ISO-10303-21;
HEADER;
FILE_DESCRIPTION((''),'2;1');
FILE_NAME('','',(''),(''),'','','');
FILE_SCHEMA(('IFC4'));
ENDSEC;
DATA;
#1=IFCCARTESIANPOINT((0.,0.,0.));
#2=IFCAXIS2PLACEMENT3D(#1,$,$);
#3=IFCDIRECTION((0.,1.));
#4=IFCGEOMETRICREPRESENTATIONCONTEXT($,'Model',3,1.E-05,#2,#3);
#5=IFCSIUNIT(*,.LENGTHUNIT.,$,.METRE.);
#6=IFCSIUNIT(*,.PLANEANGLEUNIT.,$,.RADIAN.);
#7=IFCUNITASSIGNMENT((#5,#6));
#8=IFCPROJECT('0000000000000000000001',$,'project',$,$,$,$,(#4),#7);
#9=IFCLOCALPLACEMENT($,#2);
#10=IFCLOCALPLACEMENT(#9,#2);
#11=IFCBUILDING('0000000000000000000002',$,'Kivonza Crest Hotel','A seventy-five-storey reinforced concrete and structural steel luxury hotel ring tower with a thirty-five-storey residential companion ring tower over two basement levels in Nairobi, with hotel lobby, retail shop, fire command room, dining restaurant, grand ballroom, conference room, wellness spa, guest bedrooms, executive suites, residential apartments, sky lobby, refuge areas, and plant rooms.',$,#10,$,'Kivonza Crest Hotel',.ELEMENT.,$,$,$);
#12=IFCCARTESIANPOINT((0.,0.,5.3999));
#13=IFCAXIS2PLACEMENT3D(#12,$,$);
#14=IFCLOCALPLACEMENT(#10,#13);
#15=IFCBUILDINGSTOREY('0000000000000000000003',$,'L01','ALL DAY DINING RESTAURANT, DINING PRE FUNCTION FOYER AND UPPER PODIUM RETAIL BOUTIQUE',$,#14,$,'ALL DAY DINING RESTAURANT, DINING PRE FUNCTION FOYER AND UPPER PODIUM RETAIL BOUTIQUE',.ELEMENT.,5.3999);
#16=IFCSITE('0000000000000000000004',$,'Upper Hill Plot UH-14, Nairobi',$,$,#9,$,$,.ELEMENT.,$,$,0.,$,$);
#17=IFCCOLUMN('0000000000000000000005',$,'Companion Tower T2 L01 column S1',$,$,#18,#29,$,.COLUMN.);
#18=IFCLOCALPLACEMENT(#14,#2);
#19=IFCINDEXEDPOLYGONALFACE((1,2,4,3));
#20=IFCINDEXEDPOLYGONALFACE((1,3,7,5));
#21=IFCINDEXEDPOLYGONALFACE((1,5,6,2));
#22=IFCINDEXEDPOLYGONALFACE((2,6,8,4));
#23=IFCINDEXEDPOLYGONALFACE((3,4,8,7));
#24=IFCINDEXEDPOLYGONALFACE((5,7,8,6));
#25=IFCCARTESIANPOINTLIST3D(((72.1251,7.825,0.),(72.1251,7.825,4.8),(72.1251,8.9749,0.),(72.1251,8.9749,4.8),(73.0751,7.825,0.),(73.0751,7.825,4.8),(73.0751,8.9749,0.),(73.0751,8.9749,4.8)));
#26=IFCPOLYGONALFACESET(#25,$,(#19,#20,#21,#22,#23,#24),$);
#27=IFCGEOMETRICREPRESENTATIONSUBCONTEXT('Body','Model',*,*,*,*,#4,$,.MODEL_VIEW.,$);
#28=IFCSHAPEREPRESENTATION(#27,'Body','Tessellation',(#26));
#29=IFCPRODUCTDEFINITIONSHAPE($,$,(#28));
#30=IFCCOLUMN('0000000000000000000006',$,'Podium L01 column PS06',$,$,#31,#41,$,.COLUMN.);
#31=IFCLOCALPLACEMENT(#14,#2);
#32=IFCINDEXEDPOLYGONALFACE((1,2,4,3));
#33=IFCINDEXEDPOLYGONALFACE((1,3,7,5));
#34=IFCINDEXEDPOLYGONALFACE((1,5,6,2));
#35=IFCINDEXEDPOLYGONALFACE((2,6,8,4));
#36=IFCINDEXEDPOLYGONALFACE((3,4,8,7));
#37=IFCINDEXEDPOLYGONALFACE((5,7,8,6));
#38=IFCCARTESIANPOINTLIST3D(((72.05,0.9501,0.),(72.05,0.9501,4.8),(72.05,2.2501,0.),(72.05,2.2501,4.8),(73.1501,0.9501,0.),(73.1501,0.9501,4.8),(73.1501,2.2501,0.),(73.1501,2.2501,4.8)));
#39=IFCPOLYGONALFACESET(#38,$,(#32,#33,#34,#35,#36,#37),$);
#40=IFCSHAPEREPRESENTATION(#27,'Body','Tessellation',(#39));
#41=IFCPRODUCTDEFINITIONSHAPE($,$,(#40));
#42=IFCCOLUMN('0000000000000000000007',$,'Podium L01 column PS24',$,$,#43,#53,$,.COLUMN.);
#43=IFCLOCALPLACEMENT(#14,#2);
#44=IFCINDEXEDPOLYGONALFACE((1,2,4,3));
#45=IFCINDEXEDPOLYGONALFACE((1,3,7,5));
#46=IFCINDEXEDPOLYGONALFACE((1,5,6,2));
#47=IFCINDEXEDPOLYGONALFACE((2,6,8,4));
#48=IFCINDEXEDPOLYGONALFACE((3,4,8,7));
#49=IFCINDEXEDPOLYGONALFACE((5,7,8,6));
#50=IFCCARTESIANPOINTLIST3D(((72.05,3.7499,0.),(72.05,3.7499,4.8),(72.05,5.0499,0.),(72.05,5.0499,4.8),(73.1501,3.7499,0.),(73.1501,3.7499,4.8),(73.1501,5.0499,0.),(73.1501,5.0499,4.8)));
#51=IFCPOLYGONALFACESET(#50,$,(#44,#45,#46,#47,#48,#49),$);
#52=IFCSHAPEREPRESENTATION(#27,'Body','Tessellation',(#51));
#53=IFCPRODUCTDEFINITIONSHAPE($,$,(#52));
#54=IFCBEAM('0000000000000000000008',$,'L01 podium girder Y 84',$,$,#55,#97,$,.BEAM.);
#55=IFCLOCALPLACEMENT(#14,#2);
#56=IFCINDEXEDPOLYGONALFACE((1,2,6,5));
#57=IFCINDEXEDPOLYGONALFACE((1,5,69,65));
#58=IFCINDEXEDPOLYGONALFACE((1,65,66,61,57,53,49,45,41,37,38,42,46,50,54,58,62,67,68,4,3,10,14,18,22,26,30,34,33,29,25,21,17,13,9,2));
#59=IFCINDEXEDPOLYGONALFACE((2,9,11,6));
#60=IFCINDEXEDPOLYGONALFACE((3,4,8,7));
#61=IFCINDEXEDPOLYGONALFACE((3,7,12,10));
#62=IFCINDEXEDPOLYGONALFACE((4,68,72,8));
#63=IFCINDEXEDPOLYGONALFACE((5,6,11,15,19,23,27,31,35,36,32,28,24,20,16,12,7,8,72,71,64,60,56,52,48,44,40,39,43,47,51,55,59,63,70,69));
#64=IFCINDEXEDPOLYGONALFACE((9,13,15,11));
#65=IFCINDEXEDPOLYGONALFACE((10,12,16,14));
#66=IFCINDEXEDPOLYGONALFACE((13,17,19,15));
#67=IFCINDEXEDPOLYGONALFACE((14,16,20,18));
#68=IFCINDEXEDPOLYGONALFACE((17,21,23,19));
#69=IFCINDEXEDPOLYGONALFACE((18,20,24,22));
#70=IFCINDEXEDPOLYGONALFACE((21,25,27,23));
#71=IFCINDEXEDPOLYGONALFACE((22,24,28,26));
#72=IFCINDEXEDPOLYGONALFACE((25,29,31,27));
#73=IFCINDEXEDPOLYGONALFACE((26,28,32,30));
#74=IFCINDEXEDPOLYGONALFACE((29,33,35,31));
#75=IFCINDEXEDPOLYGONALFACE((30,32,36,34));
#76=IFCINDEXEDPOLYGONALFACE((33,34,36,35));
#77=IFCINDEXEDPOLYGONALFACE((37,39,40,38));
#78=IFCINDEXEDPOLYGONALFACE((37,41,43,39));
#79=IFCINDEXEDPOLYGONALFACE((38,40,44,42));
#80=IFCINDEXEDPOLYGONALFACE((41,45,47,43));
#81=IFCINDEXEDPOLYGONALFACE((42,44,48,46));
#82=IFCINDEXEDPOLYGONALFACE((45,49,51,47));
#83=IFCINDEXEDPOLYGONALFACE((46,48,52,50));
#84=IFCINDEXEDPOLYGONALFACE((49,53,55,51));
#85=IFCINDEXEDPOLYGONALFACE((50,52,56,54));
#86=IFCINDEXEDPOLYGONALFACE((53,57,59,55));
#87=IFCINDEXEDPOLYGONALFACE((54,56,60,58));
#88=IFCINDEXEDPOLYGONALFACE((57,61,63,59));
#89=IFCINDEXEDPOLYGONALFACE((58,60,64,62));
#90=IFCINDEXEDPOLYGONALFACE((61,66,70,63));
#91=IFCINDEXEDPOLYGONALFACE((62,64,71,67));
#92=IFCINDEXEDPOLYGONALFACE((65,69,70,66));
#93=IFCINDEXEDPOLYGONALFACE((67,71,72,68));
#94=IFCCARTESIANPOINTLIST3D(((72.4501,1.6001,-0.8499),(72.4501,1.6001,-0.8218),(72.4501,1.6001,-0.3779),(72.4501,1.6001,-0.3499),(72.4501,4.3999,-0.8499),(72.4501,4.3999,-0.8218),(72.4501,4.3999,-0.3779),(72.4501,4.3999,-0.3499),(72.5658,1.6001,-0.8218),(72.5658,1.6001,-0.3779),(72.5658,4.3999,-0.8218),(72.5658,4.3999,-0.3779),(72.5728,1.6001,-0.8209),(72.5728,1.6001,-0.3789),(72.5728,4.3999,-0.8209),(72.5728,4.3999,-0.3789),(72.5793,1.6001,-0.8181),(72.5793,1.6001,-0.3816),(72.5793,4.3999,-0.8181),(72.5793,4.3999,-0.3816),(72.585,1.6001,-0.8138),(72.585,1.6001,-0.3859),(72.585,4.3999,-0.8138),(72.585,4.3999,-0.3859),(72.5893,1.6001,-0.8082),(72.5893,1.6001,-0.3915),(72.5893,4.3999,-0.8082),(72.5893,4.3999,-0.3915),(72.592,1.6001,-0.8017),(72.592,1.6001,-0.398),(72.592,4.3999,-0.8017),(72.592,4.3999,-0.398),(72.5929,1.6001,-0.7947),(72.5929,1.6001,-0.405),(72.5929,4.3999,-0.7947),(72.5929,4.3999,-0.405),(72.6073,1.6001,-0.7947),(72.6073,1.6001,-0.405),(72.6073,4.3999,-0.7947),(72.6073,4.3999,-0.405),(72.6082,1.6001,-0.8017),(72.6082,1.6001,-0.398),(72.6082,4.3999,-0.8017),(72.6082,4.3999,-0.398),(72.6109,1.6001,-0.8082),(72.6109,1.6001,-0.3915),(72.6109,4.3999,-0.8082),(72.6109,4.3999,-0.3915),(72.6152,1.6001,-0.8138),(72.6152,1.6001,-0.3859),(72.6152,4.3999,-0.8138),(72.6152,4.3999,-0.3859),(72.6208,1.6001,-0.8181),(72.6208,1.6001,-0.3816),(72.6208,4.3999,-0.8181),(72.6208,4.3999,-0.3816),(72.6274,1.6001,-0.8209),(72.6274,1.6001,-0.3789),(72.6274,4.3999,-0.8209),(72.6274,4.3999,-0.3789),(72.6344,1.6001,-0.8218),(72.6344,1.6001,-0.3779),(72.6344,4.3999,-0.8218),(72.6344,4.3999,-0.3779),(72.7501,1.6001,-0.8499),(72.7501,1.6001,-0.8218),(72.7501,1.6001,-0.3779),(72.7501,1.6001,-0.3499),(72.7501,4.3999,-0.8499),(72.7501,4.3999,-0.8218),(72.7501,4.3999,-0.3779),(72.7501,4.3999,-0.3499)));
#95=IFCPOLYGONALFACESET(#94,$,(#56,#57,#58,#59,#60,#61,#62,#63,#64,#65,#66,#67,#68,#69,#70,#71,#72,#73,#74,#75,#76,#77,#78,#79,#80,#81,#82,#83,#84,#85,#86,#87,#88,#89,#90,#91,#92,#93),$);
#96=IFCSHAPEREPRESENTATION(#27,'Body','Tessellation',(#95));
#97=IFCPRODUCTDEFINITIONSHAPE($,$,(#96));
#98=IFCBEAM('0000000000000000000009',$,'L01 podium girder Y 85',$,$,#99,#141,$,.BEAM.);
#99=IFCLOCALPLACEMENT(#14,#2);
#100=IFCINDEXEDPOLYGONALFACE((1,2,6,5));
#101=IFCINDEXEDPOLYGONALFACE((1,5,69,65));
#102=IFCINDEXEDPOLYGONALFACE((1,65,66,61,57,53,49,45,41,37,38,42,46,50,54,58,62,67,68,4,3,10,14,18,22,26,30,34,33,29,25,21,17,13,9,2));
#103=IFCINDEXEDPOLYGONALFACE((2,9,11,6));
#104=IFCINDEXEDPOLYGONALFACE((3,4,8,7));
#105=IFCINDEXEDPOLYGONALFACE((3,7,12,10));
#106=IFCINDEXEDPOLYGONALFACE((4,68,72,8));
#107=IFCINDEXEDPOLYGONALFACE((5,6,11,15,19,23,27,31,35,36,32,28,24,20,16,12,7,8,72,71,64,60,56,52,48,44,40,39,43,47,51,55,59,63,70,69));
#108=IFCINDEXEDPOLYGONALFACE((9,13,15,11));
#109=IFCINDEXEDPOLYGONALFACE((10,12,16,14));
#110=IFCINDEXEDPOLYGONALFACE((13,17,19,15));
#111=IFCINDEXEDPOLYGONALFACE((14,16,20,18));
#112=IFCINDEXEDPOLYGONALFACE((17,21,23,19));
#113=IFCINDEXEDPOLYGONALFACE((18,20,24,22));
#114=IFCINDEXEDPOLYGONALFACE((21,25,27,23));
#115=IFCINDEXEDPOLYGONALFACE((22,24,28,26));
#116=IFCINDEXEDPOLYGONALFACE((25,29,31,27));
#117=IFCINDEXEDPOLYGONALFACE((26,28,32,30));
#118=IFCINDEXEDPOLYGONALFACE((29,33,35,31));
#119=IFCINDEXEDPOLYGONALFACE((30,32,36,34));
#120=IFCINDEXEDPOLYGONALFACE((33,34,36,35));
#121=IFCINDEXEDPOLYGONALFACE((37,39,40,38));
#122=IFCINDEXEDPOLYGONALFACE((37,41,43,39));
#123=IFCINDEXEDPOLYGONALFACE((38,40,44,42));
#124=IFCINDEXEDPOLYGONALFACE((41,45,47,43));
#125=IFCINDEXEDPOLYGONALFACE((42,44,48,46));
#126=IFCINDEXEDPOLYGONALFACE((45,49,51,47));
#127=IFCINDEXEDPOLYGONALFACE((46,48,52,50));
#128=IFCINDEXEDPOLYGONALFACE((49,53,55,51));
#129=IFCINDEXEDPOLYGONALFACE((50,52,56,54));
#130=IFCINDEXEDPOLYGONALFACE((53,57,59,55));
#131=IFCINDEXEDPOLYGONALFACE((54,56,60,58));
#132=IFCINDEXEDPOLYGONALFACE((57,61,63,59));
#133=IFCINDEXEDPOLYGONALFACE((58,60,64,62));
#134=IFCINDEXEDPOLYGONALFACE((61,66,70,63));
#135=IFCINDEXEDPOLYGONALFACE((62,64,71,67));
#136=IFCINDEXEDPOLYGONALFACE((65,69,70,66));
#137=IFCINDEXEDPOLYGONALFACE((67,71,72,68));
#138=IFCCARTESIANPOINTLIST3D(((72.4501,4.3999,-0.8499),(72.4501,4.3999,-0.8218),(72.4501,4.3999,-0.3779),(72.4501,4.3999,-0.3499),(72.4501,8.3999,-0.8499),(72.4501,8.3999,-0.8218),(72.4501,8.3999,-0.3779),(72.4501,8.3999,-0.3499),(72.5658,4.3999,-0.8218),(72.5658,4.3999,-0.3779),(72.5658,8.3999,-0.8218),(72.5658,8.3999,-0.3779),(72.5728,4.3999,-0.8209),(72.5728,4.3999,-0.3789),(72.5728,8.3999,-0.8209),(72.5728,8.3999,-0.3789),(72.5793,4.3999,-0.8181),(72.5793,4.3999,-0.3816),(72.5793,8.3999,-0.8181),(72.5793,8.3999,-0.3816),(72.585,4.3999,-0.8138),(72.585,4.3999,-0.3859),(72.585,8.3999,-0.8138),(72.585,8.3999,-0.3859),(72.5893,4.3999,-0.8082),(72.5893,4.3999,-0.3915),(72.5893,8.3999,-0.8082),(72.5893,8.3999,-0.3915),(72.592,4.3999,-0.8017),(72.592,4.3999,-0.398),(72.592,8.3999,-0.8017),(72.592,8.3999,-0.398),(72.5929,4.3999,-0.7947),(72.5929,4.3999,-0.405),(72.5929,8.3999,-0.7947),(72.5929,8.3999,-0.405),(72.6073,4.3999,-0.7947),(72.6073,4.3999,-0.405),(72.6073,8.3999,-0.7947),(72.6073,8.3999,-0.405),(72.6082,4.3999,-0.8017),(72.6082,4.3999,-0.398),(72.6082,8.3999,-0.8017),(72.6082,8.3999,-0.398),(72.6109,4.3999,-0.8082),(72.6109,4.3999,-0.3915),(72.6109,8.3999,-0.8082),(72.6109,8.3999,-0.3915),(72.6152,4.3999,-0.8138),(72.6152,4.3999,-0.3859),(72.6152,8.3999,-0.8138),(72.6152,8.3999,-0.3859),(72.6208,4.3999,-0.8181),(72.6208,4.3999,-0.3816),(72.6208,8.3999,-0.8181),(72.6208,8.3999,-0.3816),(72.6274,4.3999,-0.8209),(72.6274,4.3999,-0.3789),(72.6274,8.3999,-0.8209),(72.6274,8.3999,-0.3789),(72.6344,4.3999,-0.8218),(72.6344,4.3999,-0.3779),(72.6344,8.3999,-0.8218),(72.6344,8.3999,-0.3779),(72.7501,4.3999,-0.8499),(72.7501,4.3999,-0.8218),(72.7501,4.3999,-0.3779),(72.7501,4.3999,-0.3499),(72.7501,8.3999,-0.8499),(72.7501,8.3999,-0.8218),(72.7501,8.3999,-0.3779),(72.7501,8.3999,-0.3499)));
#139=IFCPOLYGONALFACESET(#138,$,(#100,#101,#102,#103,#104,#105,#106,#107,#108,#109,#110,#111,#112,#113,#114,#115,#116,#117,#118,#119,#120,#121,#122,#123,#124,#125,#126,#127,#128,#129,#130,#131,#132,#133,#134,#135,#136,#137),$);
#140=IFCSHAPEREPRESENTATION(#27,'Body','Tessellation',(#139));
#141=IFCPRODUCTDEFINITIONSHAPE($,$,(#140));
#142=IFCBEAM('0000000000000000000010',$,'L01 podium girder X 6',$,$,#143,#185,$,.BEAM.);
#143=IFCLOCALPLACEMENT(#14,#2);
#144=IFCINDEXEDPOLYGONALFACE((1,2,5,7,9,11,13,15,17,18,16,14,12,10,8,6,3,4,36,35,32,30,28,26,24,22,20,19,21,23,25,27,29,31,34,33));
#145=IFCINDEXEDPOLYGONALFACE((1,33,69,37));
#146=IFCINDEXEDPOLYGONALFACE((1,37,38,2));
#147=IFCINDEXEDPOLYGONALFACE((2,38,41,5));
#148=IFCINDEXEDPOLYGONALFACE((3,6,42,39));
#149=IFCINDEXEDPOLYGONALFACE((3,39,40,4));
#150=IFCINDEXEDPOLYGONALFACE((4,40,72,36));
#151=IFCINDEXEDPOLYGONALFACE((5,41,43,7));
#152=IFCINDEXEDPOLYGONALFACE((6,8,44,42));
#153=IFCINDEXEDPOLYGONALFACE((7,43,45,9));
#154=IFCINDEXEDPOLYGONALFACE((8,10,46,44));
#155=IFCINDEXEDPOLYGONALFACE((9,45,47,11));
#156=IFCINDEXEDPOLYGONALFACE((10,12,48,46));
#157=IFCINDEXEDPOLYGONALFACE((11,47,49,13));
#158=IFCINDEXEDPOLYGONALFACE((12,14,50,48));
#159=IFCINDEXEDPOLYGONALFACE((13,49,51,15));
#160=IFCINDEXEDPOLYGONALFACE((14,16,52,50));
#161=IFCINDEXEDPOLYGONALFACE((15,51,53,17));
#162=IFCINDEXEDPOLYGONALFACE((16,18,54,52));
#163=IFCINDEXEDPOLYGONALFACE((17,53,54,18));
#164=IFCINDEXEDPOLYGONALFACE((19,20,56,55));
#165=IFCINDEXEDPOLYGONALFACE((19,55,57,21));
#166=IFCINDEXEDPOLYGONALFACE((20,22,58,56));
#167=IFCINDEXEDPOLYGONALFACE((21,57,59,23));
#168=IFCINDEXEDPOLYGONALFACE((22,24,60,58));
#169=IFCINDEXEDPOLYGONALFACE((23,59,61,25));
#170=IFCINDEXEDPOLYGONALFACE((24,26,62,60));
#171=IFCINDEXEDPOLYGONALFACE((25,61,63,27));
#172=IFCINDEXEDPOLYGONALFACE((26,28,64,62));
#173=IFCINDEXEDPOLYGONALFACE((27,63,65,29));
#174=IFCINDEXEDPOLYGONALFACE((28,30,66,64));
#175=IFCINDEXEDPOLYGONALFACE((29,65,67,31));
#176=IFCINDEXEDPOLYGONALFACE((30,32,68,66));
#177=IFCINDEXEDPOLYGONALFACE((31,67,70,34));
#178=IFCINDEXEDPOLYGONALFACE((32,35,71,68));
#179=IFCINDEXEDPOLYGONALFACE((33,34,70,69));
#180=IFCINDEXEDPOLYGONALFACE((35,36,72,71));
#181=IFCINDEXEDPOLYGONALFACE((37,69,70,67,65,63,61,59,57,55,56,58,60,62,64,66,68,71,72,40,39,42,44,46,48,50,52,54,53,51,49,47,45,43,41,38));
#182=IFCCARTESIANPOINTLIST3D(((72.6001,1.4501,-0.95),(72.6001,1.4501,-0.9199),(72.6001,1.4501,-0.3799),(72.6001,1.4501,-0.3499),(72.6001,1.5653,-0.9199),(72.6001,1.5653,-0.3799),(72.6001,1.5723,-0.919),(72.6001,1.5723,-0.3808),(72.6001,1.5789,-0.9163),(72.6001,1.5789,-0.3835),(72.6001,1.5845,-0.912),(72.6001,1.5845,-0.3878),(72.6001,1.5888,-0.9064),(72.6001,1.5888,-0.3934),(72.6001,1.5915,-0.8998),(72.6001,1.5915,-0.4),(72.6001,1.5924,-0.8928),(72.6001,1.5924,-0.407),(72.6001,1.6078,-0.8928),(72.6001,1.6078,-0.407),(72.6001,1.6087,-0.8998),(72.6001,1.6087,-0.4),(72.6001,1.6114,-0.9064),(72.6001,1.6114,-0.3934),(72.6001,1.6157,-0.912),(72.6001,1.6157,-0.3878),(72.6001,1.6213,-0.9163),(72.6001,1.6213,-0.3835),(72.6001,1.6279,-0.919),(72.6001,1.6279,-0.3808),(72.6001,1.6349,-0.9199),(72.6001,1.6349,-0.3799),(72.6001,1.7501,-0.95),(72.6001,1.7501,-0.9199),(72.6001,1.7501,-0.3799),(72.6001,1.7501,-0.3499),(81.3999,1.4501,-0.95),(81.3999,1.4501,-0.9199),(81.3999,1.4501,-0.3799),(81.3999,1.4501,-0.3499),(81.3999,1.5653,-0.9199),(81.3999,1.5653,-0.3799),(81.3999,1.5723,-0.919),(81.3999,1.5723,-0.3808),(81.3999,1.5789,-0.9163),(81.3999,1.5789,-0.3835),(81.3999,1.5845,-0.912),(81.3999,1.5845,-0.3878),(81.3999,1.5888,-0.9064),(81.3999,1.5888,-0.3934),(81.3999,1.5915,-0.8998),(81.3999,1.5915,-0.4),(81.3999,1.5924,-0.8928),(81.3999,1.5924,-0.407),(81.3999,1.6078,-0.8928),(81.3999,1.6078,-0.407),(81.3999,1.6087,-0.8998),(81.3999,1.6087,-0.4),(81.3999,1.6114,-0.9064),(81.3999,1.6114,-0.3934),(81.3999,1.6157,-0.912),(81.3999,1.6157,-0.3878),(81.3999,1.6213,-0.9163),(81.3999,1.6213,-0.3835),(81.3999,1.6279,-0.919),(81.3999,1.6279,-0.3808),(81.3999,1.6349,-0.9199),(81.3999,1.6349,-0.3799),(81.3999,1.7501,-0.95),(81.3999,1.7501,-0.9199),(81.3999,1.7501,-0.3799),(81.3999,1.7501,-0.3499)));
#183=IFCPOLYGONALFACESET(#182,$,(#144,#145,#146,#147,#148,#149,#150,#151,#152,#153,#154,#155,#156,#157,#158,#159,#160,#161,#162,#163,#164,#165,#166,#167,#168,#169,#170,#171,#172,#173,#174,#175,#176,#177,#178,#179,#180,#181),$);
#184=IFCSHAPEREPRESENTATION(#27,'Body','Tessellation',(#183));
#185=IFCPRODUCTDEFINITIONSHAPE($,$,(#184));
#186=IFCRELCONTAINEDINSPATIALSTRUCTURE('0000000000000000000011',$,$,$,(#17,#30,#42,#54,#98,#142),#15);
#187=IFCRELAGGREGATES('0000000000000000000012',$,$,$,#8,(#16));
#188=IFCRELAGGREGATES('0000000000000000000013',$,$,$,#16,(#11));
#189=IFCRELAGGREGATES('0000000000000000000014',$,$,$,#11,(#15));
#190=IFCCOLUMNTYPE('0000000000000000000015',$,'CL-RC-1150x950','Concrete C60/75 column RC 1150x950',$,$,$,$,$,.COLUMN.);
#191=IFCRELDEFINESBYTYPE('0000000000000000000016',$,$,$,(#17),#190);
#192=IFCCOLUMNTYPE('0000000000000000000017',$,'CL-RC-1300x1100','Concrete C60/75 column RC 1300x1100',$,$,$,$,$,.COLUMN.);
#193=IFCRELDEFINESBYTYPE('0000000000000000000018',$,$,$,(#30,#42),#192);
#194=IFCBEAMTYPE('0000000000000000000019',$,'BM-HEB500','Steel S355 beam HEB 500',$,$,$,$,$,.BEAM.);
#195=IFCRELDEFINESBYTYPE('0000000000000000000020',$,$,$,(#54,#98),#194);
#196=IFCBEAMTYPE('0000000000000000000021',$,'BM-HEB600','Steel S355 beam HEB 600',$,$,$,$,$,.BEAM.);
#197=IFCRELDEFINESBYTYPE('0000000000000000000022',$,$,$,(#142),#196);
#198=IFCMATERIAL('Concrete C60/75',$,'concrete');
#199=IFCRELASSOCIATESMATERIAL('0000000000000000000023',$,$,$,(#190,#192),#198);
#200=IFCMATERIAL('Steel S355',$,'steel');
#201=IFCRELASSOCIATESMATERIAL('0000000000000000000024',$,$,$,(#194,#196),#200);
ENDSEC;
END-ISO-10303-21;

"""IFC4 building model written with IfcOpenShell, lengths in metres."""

from ifc_helpers import new_model, si_unit, direction, frame, origin, origin_2d, place, context, subcontext, project, spatial, rectangle, i_section, extrude, material, material_profile, profile_set, type_object, element, save


model = new_model("IFC4")

# Units and contexts
model_context = context("Model", 3, precision=1e-05, world=origin(), true_north=direction((0.0, 1.0)))
body_context = subcontext(model_context, "Body", "Model", "MODEL_VIEW")
ifc_project = project(units=[si_unit("LENGTHUNIT", "METRE"), si_unit("PLANEANGLEUNIT", "RADIAN")], contexts=[model_context])

# Site, building, storey
site_placement = place(None, origin())
site = spatial("IfcSite", under=ifc_project, at=site_placement, Name="Upper Hill Plot UH-14, Nairobi", CompositionType="ELEMENT", RefElevation=0.0)
building_placement = place(site_placement, origin())
building = spatial("IfcBuilding", under=site, at=building_placement, Name="Kivonza Crest Hotel", Description="A seventy-five-storey reinforced concrete and structural steel luxury hotel ring tower with a thirty-five-storey residential companion ring tower over two basement levels in Nairobi, with hotel lobby, retail shop, fire command room, dining restaurant, grand ballroom, conference room, wellness spa, guest bedrooms, executive suites, residential apartments, sky lobby, refuge areas, and plant rooms.", LongName="Kivonza Crest Hotel", CompositionType="ELEMENT")
storey_placement = place(building_placement, frame((0.0, 0.0, 5.3999)))
storey = spatial("IfcBuildingStorey", under=building, at=storey_placement, Name="L01", Description="ALL DAY DINING RESTAURANT, DINING PRE FUNCTION FOYER AND UPPER PODIUM RETAIL BOUTIQUE", LongName="ALL DAY DINING RESTAURANT, DINING PRE FUNCTION FOYER AND UPPER PODIUM RETAIL BOUTIQUE", CompositionType="ELEMENT", Elevation=5.3999)

# Columns
ifc_material_1 = material(Name="Concrete C60/75", Category="concrete")
ifc_material_profile_1 = material_profile(ifc_material_1, rectangle(XDim=0.95, YDim=1.1499, at=origin_2d()), Name="RC 1150x950")
ifc_profile_set_1 = profile_set([ifc_material_profile_1], Name="Concrete C60/75")
column_type_1 = type_object("IfcColumnType", Name="CL-RC-1150x950", Description="Concrete C60/75 column RC 1150x950", PredefinedType="COLUMN", material=ifc_profile_set_1)
column_placement = place(storey_placement, frame((72.6001, 8.3999, 0.0), z_axis=(0.0, 0.0, 1.0), x_axis=(1.0, 0.0, 0.0)))
element("IfcColumn", 1, at=column_placement, inside=storey, type_object=column_type_1, Name="Companion Tower T2 L01 column S1", PredefinedType="COLUMN", context=body_context, shape_type="SweptSolid", body=[
    extrude(rectangle(XDim=0.95, YDim=1.1499, at=origin_2d()), origin(), (0.0, 0.0, 1.0), 4.8),
])
ifc_material_profile_2 = material_profile(ifc_material_1, rectangle(XDim=1.1001, YDim=1.3, at=origin_2d()), Name="RC 1300x1100")
ifc_profile_set_2 = profile_set([ifc_material_profile_2], Name="Concrete C60/75")
column_type_2 = type_object("IfcColumnType", Name="CL-RC-1300x1100", Description="Concrete C60/75 column RC 1300x1100", PredefinedType="COLUMN", material=ifc_profile_set_2)
for number, where, z_axis, x_axis, name in (
    (2, (72.6001, 1.6001, 0.0), (0.0, 0.0, 1.0), (1.0, 0.0, 0.0), "Podium L01 column PS06"),
    (3, (72.6001, 4.3999, 0.0), (0.0, 0.0, 1.0), (1.0, 0.0, 0.0), "Podium L01 column PS24"),
):
    element("IfcColumn", number, at=place(storey_placement, frame(where, z_axis=z_axis, x_axis=x_axis)), inside=storey, type_object=column_type_2, Name=name, PredefinedType="COLUMN", context=body_context, shape_type="SweptSolid", body=[
        extrude(rectangle(XDim=1.1001, YDim=1.3, at=origin_2d()), origin(), (0.0, 0.0, 1.0), 4.8),
    ])

# Beams
ifc_material_2 = material(Name="Steel S355", Category="steel")
ifc_material_profile_3 = material_profile(ifc_material_2, i_section(OverallWidth=0.3, OverallDepth=0.5, WebThickness=0.0144, FlangeThickness=0.0281, FilletRadius=0.0271, at=origin_2d()), Name="HEB 500")
ifc_profile_set_3 = profile_set([ifc_material_profile_3], Name="Steel S355")
beam_type_1 = type_object("IfcBeamType", Name="BM-HEB500", Description="Steel S355 beam HEB 500", PredefinedType="BEAM", material=ifc_profile_set_3)
beam_1_placement = place(storey_placement, frame((72.6001, 1.6001, -0.5999), z_axis=(0.0, 1.0, 0.0), x_axis=(-1.0, 0.0, 0.0)))
element("IfcBeam", 4, at=beam_1_placement, inside=storey, type_object=beam_type_1, Name="L01 podium girder Y 84", PredefinedType="BEAM", context=body_context, shape_type="SweptSolid", body=[
    extrude(i_section(OverallWidth=0.3, OverallDepth=0.5, WebThickness=0.0144, FlangeThickness=0.0281, FilletRadius=0.0271, at=origin_2d()), origin(), (0.0, 0.0, 1.0), 2.7998),
])
beam_2_placement = place(storey_placement, frame((72.6001, 4.3999, -0.5999), z_axis=(0.0, 1.0, 0.0), x_axis=(-1.0, 0.0, 0.0)))
element("IfcBeam", 5, at=beam_2_placement, inside=storey, type_object=beam_type_1, Name="L01 podium girder Y 85", PredefinedType="BEAM", context=body_context, shape_type="SweptSolid", body=[
    extrude(i_section(OverallWidth=0.3, OverallDepth=0.5, WebThickness=0.0144, FlangeThickness=0.0281, FilletRadius=0.0271, at=origin_2d()), origin(), (0.0, 0.0, 1.0), 4.0),
])
ifc_material_profile_4 = material_profile(ifc_material_2, i_section(OverallWidth=0.3, OverallDepth=0.6001, WebThickness=0.0154, FlangeThickness=0.03, FilletRadius=0.0271, at=origin_2d()), Name="HEB 600")
ifc_profile_set_4 = profile_set([ifc_material_profile_4], Name="Steel S355")
beam_type_2 = type_object("IfcBeamType", Name="BM-HEB600", Description="Steel S355 beam HEB 600", PredefinedType="BEAM", material=ifc_profile_set_4)
for number, where, z_axis, x_axis, name in (
    (6, (72.6001, 1.6001, -0.6499), (1.0, 0.0, 0.0), (0.0, 1.0, 0.0), "L01 podium girder X 6"),
):
    element("IfcBeam", number, at=place(storey_placement, frame(where, z_axis=z_axis, x_axis=x_axis)), inside=storey, type_object=beam_type_2, Name=name, PredefinedType="BEAM", context=body_context, shape_type="SweptSolid", body=[
        extrude(i_section(OverallWidth=0.3, OverallDepth=0.6001, WebThickness=0.0154, FlangeThickness=0.03, FilletRadius=0.0271, at=origin_2d()), origin(), (0.0, 0.0, 1.0), 8.7998),
    ])

save(model, "model.ifc")
